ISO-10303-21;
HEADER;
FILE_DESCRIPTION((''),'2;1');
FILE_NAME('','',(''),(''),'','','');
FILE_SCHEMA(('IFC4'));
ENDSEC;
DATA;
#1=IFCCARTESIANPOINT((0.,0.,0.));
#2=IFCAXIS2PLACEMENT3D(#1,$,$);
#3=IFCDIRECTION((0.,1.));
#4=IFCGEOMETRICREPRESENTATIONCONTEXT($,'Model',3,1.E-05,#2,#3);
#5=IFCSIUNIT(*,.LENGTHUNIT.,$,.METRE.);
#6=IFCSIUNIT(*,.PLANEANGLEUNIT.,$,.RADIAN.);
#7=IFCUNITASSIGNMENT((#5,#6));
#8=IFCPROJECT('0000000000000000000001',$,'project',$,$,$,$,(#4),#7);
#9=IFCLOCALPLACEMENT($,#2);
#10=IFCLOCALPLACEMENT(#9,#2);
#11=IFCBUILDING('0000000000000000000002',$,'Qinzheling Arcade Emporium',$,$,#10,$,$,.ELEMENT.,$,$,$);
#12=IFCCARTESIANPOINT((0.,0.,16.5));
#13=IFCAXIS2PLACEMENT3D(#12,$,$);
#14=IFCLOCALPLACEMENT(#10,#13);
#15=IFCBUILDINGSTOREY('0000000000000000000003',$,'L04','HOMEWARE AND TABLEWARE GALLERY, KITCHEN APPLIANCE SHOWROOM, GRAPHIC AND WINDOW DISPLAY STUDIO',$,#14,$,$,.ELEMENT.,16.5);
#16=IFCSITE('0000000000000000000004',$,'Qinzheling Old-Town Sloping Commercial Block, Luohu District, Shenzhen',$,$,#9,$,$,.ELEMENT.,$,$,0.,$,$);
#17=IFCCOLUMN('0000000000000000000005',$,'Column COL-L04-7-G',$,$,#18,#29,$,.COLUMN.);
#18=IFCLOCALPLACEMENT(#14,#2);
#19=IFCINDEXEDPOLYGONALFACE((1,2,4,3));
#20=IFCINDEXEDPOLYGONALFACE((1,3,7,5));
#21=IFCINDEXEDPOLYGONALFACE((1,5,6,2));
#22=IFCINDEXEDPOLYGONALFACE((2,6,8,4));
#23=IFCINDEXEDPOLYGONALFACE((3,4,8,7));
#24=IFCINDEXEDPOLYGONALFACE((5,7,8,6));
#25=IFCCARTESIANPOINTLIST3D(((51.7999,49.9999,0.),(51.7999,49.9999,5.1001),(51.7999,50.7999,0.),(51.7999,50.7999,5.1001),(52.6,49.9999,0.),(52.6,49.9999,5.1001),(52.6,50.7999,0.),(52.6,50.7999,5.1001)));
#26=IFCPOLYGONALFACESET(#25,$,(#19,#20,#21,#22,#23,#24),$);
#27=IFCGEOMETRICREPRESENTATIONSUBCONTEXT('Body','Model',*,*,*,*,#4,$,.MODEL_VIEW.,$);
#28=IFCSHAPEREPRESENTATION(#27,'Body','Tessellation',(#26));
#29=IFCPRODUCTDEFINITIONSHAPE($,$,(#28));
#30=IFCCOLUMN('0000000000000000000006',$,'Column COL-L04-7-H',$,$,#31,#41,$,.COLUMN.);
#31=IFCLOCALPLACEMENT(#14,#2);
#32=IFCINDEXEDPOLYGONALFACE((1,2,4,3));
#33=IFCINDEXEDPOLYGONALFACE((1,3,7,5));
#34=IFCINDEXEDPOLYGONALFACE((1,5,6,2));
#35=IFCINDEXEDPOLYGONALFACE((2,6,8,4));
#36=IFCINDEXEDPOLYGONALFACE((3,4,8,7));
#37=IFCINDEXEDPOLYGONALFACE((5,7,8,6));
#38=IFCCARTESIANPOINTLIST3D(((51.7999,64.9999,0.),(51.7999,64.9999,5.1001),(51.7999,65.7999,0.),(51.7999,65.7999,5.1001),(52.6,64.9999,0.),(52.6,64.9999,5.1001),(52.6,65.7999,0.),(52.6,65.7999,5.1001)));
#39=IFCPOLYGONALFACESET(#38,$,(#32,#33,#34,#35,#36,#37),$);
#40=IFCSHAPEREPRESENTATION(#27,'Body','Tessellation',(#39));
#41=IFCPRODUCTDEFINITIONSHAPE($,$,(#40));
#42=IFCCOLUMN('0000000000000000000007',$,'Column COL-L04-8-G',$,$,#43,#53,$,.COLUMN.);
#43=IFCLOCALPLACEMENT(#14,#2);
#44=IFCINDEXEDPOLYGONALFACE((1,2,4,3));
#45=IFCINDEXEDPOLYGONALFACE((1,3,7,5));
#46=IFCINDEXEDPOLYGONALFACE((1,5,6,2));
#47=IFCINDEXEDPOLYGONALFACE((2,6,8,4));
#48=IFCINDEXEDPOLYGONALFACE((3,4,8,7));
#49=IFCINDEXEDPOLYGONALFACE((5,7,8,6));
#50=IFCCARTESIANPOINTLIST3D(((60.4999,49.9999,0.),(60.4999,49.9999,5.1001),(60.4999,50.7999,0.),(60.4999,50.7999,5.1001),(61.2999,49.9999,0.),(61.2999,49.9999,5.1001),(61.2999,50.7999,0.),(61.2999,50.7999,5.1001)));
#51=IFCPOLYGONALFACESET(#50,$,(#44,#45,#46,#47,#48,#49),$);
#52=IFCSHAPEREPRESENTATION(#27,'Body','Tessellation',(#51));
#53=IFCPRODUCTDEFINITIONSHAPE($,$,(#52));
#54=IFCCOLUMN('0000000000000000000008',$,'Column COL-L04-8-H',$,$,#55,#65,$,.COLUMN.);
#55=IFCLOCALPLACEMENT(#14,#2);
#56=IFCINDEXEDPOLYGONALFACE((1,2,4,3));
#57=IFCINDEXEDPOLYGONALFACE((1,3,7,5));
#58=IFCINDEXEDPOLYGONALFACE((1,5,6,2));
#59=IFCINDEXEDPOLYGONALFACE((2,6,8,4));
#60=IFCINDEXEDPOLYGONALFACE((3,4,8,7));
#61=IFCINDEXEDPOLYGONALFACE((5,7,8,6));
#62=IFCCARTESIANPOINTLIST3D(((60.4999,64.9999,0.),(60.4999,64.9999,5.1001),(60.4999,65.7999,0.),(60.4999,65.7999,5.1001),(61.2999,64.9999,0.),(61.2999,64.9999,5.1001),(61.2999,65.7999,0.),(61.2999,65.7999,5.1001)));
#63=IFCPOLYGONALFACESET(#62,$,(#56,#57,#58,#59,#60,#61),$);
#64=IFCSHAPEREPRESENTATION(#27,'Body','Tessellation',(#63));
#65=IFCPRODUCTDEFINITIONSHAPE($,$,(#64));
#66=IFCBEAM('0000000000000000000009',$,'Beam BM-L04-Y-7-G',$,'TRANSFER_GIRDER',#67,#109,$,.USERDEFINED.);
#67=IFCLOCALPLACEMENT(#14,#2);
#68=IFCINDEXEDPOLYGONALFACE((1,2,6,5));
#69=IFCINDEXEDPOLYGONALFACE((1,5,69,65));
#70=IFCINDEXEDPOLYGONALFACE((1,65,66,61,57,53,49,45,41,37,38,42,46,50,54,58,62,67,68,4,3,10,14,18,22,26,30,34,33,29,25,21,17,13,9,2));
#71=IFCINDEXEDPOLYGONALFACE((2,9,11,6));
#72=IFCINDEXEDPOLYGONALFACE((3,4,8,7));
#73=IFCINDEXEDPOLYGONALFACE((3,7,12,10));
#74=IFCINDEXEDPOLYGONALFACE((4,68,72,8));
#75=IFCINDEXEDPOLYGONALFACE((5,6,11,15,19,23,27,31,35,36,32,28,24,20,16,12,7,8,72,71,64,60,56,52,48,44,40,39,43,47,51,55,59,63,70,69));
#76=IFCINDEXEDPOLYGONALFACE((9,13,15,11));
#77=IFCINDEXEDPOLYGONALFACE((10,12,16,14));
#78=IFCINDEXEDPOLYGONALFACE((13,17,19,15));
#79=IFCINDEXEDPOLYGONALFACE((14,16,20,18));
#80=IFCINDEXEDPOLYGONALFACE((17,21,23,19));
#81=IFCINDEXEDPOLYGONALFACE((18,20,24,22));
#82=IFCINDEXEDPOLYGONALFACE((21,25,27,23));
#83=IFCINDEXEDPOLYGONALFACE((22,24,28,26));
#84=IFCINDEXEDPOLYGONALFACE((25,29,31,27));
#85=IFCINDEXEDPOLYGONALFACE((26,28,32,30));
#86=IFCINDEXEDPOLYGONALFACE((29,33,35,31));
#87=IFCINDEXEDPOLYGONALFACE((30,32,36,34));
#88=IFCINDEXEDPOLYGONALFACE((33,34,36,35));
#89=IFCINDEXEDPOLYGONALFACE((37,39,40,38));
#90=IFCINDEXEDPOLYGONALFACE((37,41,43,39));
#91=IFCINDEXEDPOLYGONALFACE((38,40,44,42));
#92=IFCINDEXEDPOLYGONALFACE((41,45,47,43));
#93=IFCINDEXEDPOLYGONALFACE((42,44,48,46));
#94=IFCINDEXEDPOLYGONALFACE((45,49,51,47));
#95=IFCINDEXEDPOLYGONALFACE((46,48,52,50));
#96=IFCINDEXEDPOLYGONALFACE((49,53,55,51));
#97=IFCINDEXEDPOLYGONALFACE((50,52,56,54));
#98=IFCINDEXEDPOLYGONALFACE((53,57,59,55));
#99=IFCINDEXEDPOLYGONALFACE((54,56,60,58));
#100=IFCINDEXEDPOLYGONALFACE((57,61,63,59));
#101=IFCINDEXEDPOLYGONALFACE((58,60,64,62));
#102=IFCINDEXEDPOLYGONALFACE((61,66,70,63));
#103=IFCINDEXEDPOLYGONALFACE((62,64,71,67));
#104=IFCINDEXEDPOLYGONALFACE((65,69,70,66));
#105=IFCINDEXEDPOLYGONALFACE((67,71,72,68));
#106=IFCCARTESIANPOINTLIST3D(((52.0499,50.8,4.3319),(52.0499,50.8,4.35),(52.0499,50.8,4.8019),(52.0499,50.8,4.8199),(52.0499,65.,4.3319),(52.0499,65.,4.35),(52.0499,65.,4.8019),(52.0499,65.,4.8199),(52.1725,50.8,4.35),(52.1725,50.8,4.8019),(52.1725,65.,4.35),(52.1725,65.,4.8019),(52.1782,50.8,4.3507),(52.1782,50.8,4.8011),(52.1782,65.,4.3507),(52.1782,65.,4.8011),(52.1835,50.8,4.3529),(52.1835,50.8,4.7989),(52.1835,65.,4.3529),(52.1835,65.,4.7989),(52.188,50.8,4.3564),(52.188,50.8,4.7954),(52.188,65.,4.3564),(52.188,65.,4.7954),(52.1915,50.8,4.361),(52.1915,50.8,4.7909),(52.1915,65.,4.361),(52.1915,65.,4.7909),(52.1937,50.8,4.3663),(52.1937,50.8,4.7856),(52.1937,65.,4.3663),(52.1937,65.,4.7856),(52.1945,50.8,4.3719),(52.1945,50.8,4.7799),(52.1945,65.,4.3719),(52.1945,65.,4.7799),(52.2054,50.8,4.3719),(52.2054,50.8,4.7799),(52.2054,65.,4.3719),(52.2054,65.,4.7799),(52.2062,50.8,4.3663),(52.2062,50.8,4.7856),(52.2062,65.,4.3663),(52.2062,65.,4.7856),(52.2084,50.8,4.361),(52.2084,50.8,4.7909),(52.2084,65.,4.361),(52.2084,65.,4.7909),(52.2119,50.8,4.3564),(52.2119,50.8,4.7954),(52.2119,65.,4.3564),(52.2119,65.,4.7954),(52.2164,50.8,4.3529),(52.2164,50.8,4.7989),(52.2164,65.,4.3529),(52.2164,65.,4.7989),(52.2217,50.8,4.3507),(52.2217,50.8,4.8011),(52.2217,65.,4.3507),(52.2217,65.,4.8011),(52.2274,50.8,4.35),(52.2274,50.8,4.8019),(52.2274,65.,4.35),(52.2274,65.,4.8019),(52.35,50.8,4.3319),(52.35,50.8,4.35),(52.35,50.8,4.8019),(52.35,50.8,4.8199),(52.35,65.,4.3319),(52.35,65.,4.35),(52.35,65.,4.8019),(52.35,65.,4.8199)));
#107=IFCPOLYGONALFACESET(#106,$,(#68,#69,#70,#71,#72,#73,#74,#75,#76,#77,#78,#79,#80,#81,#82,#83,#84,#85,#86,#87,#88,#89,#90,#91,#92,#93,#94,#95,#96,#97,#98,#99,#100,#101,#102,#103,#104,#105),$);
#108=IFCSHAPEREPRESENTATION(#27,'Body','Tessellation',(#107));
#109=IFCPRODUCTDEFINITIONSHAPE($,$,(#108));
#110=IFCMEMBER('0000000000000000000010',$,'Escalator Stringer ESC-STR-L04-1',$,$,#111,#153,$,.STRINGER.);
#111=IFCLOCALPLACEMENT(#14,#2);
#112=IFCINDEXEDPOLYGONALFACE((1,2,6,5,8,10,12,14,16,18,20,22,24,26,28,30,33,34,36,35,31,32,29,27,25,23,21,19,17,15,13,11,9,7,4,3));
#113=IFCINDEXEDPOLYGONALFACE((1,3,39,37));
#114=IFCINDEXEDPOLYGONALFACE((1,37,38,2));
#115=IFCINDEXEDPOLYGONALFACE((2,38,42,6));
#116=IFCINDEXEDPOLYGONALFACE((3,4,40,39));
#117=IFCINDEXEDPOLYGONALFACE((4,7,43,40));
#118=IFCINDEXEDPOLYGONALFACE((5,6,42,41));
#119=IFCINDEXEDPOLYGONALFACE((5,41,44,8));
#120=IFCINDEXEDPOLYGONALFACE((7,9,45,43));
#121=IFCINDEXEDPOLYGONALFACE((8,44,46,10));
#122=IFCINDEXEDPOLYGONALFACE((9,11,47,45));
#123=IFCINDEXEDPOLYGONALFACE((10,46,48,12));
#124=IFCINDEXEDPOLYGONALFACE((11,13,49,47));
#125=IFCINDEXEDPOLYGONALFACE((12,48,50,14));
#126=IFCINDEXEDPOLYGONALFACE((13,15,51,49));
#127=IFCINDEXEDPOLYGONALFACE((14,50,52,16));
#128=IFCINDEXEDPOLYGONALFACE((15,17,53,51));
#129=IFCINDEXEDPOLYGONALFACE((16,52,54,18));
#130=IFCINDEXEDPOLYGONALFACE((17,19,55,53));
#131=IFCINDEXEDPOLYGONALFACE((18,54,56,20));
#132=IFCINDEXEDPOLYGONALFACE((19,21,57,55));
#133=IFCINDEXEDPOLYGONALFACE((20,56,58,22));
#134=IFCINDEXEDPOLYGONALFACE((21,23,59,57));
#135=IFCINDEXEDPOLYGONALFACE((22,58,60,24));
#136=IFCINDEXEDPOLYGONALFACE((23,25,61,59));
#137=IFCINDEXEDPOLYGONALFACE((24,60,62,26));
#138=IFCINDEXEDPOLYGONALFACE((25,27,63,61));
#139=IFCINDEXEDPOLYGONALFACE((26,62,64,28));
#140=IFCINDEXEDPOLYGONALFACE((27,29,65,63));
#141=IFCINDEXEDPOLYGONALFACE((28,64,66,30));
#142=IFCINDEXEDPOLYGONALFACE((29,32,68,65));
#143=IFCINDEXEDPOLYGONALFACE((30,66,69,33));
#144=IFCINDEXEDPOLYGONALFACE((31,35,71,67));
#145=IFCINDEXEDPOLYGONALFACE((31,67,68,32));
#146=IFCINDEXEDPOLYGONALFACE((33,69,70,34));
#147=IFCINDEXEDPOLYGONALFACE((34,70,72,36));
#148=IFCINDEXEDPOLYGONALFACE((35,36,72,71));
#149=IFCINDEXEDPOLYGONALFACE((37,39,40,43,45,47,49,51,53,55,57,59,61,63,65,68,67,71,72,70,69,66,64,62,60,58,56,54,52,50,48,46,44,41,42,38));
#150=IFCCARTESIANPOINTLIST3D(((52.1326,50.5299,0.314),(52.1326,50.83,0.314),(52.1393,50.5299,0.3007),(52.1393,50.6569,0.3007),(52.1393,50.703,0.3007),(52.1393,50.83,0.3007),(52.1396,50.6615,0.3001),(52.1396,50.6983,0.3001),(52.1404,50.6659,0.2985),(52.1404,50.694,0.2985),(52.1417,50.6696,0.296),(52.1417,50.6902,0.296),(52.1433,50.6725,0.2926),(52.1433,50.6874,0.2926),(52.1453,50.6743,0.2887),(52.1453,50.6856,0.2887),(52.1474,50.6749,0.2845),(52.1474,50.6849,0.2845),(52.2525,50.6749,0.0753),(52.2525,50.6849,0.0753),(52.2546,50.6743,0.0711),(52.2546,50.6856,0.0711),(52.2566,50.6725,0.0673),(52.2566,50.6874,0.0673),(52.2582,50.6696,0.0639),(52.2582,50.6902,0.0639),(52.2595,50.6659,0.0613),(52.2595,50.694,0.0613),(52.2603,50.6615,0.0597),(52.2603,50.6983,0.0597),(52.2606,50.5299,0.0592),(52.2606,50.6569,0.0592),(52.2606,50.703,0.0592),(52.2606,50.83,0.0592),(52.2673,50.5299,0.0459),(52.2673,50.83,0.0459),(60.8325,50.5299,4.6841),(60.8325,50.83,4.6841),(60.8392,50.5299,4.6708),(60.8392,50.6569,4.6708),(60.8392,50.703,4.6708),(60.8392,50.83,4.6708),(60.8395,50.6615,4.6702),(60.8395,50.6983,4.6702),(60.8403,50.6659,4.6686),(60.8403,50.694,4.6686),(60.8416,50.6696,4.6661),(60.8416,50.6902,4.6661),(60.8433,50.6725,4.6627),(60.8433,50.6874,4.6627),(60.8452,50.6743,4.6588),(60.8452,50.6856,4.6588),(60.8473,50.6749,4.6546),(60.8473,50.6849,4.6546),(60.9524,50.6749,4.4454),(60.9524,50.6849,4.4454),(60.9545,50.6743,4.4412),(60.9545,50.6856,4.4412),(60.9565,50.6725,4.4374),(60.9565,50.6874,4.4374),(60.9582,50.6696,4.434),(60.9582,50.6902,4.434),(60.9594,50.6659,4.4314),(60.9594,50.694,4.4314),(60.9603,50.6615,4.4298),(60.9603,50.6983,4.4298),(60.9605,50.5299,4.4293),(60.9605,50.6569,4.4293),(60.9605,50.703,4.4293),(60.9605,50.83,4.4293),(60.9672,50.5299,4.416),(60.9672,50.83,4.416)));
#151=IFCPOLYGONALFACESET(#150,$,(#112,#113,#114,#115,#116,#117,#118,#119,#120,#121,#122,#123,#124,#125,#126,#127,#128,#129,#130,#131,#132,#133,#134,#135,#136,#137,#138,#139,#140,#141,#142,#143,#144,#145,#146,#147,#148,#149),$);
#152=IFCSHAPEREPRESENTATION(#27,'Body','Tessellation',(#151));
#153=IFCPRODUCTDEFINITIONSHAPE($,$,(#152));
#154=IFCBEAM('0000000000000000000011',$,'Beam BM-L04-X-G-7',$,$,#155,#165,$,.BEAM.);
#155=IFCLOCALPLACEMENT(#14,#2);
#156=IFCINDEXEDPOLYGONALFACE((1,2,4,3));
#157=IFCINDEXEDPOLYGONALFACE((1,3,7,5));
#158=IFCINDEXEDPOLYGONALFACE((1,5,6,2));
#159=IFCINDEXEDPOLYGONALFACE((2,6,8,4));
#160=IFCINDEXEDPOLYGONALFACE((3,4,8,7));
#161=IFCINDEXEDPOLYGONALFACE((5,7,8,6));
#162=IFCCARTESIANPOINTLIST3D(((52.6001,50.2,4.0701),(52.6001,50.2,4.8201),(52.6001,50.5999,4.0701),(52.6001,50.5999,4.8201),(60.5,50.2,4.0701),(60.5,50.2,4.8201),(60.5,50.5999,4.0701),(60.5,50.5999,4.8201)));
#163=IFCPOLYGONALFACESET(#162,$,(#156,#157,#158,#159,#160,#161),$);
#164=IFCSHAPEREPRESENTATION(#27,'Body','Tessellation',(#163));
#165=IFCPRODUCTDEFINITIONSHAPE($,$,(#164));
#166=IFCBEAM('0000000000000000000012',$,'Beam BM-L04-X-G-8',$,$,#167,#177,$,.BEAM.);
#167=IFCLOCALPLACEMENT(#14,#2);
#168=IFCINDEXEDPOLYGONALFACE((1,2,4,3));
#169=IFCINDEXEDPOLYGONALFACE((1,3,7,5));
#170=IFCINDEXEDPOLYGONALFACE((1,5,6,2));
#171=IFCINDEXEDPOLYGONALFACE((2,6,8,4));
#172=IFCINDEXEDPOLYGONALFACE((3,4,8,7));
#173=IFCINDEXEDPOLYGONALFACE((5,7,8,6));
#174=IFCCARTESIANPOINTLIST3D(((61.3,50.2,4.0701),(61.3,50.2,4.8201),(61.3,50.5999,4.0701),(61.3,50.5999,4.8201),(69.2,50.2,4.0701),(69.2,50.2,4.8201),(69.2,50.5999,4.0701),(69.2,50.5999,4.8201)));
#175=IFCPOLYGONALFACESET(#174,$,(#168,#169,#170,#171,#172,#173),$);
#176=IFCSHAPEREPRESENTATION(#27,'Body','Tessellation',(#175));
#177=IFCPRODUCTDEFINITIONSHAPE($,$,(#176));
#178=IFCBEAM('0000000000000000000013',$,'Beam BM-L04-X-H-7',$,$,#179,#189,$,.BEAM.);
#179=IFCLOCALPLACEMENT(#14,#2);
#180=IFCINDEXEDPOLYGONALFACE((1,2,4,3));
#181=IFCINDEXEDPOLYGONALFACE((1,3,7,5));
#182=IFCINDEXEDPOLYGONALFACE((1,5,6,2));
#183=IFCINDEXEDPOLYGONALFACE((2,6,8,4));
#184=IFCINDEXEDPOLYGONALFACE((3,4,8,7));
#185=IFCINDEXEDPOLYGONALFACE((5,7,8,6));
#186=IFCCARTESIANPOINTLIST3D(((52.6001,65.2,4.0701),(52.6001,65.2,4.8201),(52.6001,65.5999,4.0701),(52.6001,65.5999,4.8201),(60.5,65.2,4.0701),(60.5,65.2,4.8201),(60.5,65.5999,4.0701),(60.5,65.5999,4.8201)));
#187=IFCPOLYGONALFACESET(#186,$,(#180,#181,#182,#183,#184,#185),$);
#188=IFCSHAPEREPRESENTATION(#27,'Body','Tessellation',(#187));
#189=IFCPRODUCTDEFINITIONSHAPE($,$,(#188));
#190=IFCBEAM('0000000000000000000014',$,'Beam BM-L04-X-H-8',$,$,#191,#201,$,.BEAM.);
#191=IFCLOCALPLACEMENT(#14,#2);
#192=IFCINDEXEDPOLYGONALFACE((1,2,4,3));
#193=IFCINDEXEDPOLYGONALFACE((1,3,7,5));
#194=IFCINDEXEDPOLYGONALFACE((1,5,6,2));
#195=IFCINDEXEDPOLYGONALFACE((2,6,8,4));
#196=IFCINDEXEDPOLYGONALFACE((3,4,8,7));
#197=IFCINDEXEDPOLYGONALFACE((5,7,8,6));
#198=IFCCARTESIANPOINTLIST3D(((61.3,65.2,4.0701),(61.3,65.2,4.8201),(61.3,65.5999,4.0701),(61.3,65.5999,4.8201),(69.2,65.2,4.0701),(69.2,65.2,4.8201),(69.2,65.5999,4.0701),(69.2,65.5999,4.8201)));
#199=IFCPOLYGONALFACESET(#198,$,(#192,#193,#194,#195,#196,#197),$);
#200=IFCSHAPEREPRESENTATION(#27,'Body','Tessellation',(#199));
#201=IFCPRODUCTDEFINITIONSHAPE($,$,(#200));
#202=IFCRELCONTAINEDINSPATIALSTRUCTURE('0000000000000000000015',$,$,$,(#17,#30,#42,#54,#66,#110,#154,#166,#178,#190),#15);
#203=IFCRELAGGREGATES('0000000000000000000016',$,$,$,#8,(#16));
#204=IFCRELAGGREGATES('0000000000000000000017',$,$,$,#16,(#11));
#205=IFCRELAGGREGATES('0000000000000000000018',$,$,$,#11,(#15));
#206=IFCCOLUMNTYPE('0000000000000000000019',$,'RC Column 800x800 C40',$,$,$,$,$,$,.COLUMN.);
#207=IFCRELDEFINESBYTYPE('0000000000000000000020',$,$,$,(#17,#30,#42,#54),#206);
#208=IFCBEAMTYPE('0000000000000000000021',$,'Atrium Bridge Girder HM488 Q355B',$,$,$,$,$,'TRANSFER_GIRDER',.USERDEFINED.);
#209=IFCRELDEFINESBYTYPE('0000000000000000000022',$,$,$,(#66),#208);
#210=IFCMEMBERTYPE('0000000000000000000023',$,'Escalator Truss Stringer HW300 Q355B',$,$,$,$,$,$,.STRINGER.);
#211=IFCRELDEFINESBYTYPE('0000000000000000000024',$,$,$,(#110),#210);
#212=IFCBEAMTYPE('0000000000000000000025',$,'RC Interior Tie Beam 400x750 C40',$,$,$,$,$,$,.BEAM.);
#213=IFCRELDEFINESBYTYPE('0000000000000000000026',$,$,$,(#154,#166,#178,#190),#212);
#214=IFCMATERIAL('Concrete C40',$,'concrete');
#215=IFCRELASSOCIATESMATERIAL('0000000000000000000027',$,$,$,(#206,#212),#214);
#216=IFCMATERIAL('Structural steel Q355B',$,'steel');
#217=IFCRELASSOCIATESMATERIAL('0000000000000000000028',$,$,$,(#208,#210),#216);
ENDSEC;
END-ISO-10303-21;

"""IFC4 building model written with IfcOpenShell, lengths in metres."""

from ifc_helpers import new_model, si_unit, direction, frame, origin, origin_2d, place, context, subcontext, project, spatial, rectangle, i_section, extrude, material, material_profile, profile_set, type_object, element, save


model = new_model("IFC4")

# Units and contexts
model_context = context("Model", 3, precision=1e-05, world=origin(), true_north=direction((0.0, 1.0)))
body_context = subcontext(model_context, "Body", "Model", "MODEL_VIEW")
ifc_project = project(units=[si_unit("LENGTHUNIT", "METRE"), si_unit("PLANEANGLEUNIT", "RADIAN")], contexts=[model_context])

# Site, building, storey
site_placement = place(None, origin())
site = spatial("IfcSite", under=ifc_project, at=site_placement, Name="Qinzheling Old-Town Sloping Commercial Block, Luohu District, Shenzhen", CompositionType="ELEMENT", RefElevation=0.0)
building_placement = place(site_placement, origin())
building = spatial("IfcBuilding", under=site, at=building_placement, Name="Qinzheling Arcade Emporium", CompositionType="ELEMENT")
storey_placement = place(building_placement, frame((0.0, 0.0, 16.5)))
storey = spatial("IfcBuildingStorey", under=building, at=storey_placement, Name="L04", Description="HOMEWARE AND TABLEWARE GALLERY, KITCHEN APPLIANCE SHOWROOM, GRAPHIC AND WINDOW DISPLAY STUDIO", CompositionType="ELEMENT", Elevation=16.5)

# Columns
ifc_material_1 = material(Name="Concrete C40", Category="concrete")
ifc_material_profile_1 = material_profile(ifc_material_1, rectangle(XDim=0.8, YDim=0.8, at=origin_2d()), Name="RC 800x800", Category="concrete")
ifc_profile_set_1 = profile_set([ifc_material_profile_1], Name="Concrete C40")
column_type = type_object("IfcColumnType", Name="RC Column 800x800 C40", PredefinedType="COLUMN", material=ifc_profile_set_1)
for number, where, z_axis, x_axis, name in (
    (1, (52.2, 50.3999, 0.0), (0.0, 0.0, 1.0), (1.0, 0.0, 0.0), "Column COL-L04-7-G"),
    (2, (52.2, 65.3999, 0.0), (0.0, 0.0, 1.0), (1.0, 0.0, 0.0), "Column COL-L04-7-H"),
    (3, (60.8999, 50.3999, 0.0), (0.0, 0.0, 1.0), (1.0, 0.0, 0.0), "Column COL-L04-8-G"),
    (4, (60.8999, 65.3999, 0.0), (0.0, 0.0, 1.0), (1.0, 0.0, 0.0), "Column COL-L04-8-H"),
):
    element("IfcColumn", number, at=place(storey_placement, frame(where, z_axis=z_axis, x_axis=x_axis)), inside=storey, type_object=column_type, Name=name, PredefinedType="COLUMN", context=body_context, shape_type="SweptSolid", body=[
        extrude(rectangle(XDim=0.8, YDim=0.8, at=origin_2d()), origin(), (0.0, 0.0, 1.0), 5.1001),
    ])

# Beam
ifc_material_2 = material(Name="Structural steel Q355B", Category="steel")
ifc_material_profile_2 = material_profile(ifc_material_2, i_section(OverallWidth=0.3, OverallDepth=0.488, WebThickness=0.011, FlangeThickness=0.0181, FilletRadius=0.022, at=origin_2d()), Name="HM 488x300x11x18", Category="steel")
ifc_profile_set_2 = profile_set([ifc_material_profile_2], Name="Structural steel Q355B")
beam_type_1 = type_object("IfcBeamType", Name="Atrium Bridge Girder HM488 Q355B", ElementType="TRANSFER_GIRDER", PredefinedType="USERDEFINED", material=ifc_profile_set_2)
beam_1_placement = place(storey_placement, frame((52.2, 50.8, 4.5759), z_axis=(0.0, 1.0, 0.0), x_axis=(-1.0, 0.0, 0.0)))
element("IfcBeam", 5, at=beam_1_placement, inside=storey, type_object=beam_type_1, Name="Beam BM-L04-Y-7-G", ObjectType="TRANSFER_GIRDER", PredefinedType="USERDEFINED", context=body_context, shape_type="SweptSolid", body=[
    extrude(i_section(OverallWidth=0.3, OverallDepth=0.488, WebThickness=0.011, FlangeThickness=0.0181, FilletRadius=0.022, at=origin_2d()), origin(), (0.0, 0.0, 1.0), 14.2),
])

# Member
ifc_material_profile_3 = material_profile(ifc_material_2, i_section(OverallWidth=0.3, OverallDepth=0.3, WebThickness=0.01, FlangeThickness=0.0149, FilletRadius=0.0181, at=origin_2d()), Name="HW 300x300x10x15", Category="steel")
ifc_profile_set_3 = profile_set([ifc_material_profile_3], Name="Structural steel Q355B")
member_type = type_object("IfcMemberType", Name="Escalator Truss Stringer HW300 Q355B", PredefinedType="STRINGER", material=ifc_profile_set_3)
member_placement = place(storey_placement, frame((52.2, 50.6799, 0.1799), z_axis=(0.893598, 0.0, 0.448868), x_axis=(0.0, 1.0, 0.0)))
element("IfcMember", 6, at=member_placement, inside=storey, type_object=member_type, Name="Escalator Stringer ESC-STR-L04-1", PredefinedType="STRINGER", context=body_context, shape_type="SweptSolid", body=[
    extrude(i_section(OverallWidth=0.3, OverallDepth=0.3, WebThickness=0.01, FlangeThickness=0.0149, FilletRadius=0.0181, at=origin_2d()), origin(), (0.0, 0.0, 1.0), 9.7358),
])

# Beams
ifc_material_profile_4 = material_profile(ifc_material_1, rectangle(XDim=0.3999, YDim=0.75, at=origin_2d()), Name="RC 400x750", Category="concrete")
ifc_profile_set_4 = profile_set([ifc_material_profile_4], Name="Concrete C40")
beam_type_2 = type_object("IfcBeamType", Name="RC Interior Tie Beam 400x750 C40", PredefinedType="BEAM", material=ifc_profile_set_4)
for number, where, z_axis, x_axis, name in (
    (7, (52.6001, 50.3999, 4.4451), (1.0, 0.0, 0.0), (0.0, 1.0, 0.0), "Beam BM-L04-X-G-7"),
    (8, (61.3, 50.3999, 4.4451), (1.0, 0.0, 0.0), (0.0, 1.0, 0.0), "Beam BM-L04-X-G-8"),
    (9, (52.6001, 65.3999, 4.4451), (1.0, 0.0, 0.0), (0.0, 1.0, 0.0), "Beam BM-L04-X-H-7"),
    (10, (61.3, 65.3999, 4.4451), (1.0, 0.0, 0.0), (0.0, 1.0, 0.0), "Beam BM-L04-X-H-8"),
):
    element("IfcBeam", number, at=place(storey_placement, frame(where, z_axis=z_axis, x_axis=x_axis)), inside=storey, type_object=beam_type_2, Name=name, PredefinedType="BEAM", context=body_context, shape_type="SweptSolid", body=[
        extrude(rectangle(XDim=0.3999, YDim=0.75, at=origin_2d()), origin(), (0.0, 0.0, 1.0), 7.8999),
    ])

save(model, "model.ifc")
